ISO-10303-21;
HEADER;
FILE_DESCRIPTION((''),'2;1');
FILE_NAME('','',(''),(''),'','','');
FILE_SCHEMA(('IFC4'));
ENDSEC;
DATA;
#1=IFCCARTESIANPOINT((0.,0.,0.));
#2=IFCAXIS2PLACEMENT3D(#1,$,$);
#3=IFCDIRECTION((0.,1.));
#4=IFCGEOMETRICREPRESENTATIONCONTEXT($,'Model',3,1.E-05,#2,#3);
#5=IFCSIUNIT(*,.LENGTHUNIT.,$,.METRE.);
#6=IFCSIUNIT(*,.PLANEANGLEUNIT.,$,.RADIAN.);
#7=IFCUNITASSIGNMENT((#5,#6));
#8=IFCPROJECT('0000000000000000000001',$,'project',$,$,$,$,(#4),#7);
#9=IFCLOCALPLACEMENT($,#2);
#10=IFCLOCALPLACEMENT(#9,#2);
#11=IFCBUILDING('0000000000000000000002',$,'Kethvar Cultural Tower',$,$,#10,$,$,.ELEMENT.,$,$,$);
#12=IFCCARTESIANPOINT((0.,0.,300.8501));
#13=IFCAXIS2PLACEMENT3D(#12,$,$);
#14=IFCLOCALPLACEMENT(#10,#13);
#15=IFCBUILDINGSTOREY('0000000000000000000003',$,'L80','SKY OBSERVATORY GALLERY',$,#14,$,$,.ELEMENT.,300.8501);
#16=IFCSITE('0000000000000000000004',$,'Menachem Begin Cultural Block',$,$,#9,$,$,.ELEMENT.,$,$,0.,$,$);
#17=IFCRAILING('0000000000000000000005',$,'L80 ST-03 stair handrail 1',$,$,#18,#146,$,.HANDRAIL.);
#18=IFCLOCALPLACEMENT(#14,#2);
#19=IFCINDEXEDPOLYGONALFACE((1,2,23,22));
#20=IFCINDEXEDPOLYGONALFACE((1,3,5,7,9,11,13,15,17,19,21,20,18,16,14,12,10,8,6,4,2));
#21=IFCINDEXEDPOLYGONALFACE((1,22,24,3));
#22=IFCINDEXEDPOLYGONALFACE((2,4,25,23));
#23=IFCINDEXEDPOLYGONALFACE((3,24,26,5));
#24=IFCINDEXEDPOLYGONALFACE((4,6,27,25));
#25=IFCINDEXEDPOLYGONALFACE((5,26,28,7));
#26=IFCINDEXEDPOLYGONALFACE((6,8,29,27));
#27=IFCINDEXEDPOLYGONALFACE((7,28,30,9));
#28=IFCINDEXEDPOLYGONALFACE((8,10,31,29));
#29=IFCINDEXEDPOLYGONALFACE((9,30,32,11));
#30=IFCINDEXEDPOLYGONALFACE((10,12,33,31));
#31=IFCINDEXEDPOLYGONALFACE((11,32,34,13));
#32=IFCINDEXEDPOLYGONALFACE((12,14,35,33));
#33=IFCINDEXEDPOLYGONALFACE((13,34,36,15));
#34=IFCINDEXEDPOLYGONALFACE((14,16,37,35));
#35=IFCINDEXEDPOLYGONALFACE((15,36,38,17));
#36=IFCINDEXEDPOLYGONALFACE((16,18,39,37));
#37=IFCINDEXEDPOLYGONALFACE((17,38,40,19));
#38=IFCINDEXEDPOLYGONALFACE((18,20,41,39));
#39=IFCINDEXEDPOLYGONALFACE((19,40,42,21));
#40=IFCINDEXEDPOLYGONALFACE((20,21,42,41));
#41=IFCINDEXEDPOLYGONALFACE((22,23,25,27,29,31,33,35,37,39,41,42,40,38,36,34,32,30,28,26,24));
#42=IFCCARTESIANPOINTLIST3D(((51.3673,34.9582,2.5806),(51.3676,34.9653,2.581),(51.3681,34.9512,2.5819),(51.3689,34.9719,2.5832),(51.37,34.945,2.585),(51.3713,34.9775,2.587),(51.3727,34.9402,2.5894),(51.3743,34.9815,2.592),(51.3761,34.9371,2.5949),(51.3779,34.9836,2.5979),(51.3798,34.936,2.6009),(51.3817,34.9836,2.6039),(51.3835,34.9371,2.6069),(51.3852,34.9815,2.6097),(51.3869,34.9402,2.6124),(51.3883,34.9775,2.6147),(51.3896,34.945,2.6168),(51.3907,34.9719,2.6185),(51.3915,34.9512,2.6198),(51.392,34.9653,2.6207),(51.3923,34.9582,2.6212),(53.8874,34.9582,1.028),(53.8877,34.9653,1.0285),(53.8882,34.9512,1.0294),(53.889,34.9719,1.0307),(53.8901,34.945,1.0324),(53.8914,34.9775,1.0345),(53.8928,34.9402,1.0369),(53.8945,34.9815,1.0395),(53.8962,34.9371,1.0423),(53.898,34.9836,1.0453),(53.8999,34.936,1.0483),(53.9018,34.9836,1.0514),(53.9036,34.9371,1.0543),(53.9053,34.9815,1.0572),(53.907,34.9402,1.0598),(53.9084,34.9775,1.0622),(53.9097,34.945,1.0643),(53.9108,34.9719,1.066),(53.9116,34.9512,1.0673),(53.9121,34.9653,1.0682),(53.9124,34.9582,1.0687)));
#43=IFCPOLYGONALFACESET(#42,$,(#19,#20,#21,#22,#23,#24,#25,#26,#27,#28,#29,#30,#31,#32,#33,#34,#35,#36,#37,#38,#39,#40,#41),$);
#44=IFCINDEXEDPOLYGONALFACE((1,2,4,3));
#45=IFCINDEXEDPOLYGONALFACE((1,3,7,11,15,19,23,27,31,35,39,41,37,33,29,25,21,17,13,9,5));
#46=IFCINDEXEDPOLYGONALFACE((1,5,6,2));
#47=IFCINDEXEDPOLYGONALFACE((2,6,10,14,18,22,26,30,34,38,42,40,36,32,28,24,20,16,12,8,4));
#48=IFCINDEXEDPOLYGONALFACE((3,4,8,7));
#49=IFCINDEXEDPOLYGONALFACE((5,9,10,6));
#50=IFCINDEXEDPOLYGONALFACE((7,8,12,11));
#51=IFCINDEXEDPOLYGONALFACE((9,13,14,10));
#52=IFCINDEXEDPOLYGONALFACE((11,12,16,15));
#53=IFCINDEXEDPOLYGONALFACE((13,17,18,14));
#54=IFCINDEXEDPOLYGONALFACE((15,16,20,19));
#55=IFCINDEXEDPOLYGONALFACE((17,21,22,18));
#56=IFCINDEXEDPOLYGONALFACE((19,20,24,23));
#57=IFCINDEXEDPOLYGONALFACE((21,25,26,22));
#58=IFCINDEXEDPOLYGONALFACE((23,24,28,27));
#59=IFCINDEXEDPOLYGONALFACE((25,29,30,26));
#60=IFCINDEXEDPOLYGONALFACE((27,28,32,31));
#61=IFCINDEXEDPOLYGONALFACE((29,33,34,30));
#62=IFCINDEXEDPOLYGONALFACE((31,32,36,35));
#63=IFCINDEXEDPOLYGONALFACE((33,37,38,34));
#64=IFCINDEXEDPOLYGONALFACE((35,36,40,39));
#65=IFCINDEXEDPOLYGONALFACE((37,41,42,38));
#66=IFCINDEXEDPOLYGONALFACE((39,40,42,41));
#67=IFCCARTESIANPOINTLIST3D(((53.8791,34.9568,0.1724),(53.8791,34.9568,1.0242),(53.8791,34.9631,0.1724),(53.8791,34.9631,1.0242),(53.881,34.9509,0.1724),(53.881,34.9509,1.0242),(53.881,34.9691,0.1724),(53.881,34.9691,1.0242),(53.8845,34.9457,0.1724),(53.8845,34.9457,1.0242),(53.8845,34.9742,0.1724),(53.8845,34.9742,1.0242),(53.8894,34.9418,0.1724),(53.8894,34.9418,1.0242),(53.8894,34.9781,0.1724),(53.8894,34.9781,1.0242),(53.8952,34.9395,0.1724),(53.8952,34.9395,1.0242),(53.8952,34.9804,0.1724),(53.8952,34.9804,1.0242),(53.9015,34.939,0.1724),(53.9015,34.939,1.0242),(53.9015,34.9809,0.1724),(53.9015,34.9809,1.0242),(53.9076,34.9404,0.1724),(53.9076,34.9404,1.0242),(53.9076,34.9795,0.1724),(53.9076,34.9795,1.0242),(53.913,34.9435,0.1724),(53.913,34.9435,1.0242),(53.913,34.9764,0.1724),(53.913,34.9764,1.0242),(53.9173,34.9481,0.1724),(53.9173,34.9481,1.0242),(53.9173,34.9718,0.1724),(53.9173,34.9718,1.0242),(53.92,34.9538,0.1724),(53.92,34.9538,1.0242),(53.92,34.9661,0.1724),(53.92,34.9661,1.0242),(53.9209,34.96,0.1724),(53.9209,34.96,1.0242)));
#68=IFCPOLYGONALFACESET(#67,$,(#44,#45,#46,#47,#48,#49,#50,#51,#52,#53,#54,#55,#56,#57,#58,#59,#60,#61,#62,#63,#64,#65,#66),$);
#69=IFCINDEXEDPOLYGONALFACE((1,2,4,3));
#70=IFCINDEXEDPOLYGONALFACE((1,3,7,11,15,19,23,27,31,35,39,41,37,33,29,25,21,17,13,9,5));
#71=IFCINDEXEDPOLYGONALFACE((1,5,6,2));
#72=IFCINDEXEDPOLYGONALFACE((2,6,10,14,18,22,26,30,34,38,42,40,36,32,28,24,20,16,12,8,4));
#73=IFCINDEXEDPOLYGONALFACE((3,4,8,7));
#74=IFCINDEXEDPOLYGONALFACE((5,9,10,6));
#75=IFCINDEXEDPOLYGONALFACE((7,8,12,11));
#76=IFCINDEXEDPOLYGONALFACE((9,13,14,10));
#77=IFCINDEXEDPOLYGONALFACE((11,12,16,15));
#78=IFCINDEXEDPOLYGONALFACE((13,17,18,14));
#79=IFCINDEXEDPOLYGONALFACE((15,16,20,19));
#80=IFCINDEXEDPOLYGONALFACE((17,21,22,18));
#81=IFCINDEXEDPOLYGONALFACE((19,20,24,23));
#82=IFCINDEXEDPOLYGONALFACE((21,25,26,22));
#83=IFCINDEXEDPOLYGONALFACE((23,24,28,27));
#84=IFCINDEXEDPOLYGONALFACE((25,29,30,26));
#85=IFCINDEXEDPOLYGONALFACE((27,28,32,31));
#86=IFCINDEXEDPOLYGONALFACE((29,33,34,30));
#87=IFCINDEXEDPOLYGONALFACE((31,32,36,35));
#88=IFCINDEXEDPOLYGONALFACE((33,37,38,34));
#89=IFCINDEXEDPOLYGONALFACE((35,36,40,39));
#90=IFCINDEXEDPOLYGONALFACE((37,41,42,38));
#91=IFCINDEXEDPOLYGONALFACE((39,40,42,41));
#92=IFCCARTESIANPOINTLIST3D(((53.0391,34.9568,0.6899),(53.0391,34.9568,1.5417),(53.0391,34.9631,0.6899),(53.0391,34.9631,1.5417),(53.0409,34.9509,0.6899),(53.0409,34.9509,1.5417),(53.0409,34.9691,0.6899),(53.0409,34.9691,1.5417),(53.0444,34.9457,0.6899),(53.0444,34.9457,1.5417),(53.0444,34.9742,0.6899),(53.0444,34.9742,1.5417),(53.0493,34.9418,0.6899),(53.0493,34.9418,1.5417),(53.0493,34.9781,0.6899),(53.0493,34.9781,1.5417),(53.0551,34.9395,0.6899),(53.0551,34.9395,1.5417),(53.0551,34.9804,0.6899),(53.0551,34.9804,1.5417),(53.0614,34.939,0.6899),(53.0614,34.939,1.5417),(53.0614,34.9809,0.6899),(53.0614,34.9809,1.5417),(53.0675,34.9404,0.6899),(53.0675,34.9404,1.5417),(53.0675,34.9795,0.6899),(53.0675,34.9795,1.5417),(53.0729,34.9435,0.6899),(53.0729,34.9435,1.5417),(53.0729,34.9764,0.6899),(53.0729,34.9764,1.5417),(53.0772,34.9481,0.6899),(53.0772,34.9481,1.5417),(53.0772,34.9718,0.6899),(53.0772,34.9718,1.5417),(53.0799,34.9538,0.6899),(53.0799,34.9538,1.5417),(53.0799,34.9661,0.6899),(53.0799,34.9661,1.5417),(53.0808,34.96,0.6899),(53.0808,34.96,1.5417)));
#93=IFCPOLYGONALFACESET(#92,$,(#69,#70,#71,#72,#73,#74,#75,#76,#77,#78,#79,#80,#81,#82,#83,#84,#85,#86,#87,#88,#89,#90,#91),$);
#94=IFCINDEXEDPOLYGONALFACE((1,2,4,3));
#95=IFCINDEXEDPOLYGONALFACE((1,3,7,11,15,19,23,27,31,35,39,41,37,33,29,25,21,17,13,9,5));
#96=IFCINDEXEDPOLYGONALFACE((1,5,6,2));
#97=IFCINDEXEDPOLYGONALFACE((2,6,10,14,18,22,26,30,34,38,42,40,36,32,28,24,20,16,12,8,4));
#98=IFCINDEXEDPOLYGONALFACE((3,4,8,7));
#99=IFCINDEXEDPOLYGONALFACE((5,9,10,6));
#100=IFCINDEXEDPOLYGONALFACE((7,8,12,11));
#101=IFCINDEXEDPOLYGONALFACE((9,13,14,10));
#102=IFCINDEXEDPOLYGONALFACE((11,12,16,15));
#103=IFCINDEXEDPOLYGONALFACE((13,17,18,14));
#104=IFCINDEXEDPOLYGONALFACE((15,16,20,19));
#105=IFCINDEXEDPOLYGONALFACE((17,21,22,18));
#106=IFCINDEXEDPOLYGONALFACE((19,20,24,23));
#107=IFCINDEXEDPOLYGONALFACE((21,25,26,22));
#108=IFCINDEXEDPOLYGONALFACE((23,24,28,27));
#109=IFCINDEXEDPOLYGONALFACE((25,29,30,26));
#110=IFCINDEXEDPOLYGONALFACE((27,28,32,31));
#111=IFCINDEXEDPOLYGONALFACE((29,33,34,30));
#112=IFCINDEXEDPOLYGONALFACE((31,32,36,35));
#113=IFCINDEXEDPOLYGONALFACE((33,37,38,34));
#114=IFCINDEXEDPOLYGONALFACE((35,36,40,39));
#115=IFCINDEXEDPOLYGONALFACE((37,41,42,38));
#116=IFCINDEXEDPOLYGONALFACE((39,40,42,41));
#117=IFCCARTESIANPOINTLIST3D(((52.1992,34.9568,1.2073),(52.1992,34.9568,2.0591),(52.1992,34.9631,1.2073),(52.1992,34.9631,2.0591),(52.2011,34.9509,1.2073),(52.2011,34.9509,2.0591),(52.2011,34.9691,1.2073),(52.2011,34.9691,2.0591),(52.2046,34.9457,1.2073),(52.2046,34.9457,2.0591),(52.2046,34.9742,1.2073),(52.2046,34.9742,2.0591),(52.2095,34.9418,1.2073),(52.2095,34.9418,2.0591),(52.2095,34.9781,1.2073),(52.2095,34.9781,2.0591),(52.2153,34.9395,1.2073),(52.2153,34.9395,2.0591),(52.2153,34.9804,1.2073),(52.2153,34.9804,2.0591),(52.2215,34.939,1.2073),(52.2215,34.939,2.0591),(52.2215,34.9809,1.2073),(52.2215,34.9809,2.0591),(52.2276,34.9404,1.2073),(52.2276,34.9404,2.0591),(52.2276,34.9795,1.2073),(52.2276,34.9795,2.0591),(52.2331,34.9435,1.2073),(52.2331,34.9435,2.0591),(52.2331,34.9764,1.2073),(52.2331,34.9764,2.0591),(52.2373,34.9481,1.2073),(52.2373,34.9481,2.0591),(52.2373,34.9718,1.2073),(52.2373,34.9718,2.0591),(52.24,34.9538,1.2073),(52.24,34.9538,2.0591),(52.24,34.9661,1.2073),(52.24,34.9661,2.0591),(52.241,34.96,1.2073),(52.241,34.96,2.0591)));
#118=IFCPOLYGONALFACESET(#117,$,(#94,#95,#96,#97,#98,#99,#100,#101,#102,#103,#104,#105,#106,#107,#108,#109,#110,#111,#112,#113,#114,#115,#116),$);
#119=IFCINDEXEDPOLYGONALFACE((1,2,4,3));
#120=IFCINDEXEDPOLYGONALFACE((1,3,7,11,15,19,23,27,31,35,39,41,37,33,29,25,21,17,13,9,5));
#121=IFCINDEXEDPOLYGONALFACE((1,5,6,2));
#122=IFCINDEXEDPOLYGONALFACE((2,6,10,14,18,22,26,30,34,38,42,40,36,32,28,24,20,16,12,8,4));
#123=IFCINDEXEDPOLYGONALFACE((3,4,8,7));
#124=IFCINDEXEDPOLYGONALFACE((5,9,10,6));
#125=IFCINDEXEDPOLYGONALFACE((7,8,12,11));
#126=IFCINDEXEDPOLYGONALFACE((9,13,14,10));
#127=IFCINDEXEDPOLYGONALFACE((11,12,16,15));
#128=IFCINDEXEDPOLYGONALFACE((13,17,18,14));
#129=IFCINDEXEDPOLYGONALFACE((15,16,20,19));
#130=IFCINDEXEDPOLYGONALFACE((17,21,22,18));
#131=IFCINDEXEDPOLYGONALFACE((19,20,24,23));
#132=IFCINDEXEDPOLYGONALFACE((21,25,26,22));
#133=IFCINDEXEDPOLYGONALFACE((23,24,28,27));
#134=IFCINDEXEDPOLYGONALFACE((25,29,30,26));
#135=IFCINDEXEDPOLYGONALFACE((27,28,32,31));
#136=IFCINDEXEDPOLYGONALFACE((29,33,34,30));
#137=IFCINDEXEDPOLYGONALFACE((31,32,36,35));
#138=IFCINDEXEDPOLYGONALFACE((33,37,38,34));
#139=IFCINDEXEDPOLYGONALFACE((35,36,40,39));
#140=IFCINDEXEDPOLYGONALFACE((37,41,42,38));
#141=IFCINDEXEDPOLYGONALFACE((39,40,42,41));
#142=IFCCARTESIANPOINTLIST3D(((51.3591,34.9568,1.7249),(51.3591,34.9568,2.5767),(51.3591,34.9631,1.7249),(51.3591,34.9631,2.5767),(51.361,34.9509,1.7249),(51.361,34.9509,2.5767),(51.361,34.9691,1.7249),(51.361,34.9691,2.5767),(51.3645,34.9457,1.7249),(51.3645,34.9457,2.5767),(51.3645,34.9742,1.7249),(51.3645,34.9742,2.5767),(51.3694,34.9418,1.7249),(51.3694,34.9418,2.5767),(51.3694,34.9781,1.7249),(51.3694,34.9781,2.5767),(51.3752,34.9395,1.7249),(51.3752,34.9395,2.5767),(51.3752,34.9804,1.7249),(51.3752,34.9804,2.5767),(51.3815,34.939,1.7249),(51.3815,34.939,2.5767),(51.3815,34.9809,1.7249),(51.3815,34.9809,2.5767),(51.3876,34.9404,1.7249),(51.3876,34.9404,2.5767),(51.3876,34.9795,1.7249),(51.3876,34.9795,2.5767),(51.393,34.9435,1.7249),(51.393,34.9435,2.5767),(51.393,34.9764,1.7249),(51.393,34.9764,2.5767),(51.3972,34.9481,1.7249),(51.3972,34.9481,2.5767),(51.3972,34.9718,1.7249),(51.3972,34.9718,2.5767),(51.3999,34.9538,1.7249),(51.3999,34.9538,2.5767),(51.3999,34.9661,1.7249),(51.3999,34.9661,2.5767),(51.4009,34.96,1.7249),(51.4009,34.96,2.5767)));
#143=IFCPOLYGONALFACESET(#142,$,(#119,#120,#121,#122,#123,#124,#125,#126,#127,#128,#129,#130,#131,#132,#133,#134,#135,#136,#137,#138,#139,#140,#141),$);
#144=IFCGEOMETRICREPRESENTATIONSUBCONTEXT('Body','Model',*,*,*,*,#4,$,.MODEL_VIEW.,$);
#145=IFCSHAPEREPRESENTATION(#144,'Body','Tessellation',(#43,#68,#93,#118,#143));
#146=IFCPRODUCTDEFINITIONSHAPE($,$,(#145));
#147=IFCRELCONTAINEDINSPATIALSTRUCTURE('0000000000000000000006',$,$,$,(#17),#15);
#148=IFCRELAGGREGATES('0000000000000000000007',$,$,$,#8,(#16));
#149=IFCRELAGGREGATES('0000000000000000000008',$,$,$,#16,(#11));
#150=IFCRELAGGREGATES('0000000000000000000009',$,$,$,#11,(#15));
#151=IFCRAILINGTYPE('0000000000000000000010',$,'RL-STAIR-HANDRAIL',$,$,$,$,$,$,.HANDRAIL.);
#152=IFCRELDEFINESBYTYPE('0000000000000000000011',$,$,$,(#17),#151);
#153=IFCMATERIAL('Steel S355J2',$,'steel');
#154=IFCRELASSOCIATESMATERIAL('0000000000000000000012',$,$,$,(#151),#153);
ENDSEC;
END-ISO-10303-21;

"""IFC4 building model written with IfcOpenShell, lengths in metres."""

from ifc_helpers import new_model, si_unit, direction, frame, origin, origin_2d, place, context, subcontext, project, spatial, circle, extrude, material, type_object, element, save


model = new_model("IFC4")

# Units and contexts
model_context = context("Model", 3, precision=1e-05, world=origin(), true_north=direction((0.0, 1.0)))
body_context = subcontext(model_context, "Body", "Model", "MODEL_VIEW")
ifc_project = project(units=[si_unit("LENGTHUNIT", "METRE"), si_unit("PLANEANGLEUNIT", "RADIAN")], contexts=[model_context])

# Site, building, storey
site_placement = place(None, origin())
site = spatial("IfcSite", under=ifc_project, at=site_placement, Name="Menachem Begin Cultural Block", CompositionType="ELEMENT", RefElevation=0.0)
building_placement = place(site_placement, origin())
building = spatial("IfcBuilding", under=site, at=building_placement, Name="Kethvar Cultural Tower", CompositionType="ELEMENT")
storey_placement = place(building_placement, frame((0.0, 0.0, 300.8501)))
storey = spatial("IfcBuildingStorey", under=building, at=storey_placement, Name="L80", Description="SKY OBSERVATORY GALLERY", CompositionType="ELEMENT", Elevation=300.8501)

# Shared definitions
ifc_material_1 = material(Name="Steel S355J2", Category="steel")

# Railing
railing_type_1 = type_object("IfcRailingType", Name="RL-STAIR-HANDRAIL", PredefinedType="HANDRAIL", material=ifc_material_1)
railing_1_placement = place(storey_placement, frame((53.8999, 34.96, 0.1724)))
element("IfcRailing", 1, at=railing_1_placement, inside=storey, type_object=railing_type_1, Name="L80 ST-03 stair handrail 1", PredefinedType="HANDRAIL", context=body_context, shape_type="SweptSolid", body=[
    extrude(circle(Radius=0.0239, at=origin_2d()), frame((0.0, 0.0, 0.876), z_axis=(-0.8514, 0.0, 0.524516), x_axis=(0.0, -1.0, 0.0)), (0.0, 0.0, 1.0), 2.96),
    extrude(circle(Radius=0.021, at=origin_2d()), origin(), (0.0, 0.0, 1.0), 0.8518),
    extrude(circle(Radius=0.021, at=origin_2d()), frame((-0.8401, 0.0, 0.5176)), (0.0, 0.0, 1.0), 0.8518),
    extrude(circle(Radius=0.021, at=origin_2d()), frame((-1.6799, 0.0, 1.0349)), (0.0, 0.0, 1.0), 0.8518),
    extrude(circle(Radius=0.021, at=origin_2d()), frame((-2.52, 0.0, 1.5525)), (0.0, 0.0, 1.0), 0.8518),
])

save(model, "model.ifc")
